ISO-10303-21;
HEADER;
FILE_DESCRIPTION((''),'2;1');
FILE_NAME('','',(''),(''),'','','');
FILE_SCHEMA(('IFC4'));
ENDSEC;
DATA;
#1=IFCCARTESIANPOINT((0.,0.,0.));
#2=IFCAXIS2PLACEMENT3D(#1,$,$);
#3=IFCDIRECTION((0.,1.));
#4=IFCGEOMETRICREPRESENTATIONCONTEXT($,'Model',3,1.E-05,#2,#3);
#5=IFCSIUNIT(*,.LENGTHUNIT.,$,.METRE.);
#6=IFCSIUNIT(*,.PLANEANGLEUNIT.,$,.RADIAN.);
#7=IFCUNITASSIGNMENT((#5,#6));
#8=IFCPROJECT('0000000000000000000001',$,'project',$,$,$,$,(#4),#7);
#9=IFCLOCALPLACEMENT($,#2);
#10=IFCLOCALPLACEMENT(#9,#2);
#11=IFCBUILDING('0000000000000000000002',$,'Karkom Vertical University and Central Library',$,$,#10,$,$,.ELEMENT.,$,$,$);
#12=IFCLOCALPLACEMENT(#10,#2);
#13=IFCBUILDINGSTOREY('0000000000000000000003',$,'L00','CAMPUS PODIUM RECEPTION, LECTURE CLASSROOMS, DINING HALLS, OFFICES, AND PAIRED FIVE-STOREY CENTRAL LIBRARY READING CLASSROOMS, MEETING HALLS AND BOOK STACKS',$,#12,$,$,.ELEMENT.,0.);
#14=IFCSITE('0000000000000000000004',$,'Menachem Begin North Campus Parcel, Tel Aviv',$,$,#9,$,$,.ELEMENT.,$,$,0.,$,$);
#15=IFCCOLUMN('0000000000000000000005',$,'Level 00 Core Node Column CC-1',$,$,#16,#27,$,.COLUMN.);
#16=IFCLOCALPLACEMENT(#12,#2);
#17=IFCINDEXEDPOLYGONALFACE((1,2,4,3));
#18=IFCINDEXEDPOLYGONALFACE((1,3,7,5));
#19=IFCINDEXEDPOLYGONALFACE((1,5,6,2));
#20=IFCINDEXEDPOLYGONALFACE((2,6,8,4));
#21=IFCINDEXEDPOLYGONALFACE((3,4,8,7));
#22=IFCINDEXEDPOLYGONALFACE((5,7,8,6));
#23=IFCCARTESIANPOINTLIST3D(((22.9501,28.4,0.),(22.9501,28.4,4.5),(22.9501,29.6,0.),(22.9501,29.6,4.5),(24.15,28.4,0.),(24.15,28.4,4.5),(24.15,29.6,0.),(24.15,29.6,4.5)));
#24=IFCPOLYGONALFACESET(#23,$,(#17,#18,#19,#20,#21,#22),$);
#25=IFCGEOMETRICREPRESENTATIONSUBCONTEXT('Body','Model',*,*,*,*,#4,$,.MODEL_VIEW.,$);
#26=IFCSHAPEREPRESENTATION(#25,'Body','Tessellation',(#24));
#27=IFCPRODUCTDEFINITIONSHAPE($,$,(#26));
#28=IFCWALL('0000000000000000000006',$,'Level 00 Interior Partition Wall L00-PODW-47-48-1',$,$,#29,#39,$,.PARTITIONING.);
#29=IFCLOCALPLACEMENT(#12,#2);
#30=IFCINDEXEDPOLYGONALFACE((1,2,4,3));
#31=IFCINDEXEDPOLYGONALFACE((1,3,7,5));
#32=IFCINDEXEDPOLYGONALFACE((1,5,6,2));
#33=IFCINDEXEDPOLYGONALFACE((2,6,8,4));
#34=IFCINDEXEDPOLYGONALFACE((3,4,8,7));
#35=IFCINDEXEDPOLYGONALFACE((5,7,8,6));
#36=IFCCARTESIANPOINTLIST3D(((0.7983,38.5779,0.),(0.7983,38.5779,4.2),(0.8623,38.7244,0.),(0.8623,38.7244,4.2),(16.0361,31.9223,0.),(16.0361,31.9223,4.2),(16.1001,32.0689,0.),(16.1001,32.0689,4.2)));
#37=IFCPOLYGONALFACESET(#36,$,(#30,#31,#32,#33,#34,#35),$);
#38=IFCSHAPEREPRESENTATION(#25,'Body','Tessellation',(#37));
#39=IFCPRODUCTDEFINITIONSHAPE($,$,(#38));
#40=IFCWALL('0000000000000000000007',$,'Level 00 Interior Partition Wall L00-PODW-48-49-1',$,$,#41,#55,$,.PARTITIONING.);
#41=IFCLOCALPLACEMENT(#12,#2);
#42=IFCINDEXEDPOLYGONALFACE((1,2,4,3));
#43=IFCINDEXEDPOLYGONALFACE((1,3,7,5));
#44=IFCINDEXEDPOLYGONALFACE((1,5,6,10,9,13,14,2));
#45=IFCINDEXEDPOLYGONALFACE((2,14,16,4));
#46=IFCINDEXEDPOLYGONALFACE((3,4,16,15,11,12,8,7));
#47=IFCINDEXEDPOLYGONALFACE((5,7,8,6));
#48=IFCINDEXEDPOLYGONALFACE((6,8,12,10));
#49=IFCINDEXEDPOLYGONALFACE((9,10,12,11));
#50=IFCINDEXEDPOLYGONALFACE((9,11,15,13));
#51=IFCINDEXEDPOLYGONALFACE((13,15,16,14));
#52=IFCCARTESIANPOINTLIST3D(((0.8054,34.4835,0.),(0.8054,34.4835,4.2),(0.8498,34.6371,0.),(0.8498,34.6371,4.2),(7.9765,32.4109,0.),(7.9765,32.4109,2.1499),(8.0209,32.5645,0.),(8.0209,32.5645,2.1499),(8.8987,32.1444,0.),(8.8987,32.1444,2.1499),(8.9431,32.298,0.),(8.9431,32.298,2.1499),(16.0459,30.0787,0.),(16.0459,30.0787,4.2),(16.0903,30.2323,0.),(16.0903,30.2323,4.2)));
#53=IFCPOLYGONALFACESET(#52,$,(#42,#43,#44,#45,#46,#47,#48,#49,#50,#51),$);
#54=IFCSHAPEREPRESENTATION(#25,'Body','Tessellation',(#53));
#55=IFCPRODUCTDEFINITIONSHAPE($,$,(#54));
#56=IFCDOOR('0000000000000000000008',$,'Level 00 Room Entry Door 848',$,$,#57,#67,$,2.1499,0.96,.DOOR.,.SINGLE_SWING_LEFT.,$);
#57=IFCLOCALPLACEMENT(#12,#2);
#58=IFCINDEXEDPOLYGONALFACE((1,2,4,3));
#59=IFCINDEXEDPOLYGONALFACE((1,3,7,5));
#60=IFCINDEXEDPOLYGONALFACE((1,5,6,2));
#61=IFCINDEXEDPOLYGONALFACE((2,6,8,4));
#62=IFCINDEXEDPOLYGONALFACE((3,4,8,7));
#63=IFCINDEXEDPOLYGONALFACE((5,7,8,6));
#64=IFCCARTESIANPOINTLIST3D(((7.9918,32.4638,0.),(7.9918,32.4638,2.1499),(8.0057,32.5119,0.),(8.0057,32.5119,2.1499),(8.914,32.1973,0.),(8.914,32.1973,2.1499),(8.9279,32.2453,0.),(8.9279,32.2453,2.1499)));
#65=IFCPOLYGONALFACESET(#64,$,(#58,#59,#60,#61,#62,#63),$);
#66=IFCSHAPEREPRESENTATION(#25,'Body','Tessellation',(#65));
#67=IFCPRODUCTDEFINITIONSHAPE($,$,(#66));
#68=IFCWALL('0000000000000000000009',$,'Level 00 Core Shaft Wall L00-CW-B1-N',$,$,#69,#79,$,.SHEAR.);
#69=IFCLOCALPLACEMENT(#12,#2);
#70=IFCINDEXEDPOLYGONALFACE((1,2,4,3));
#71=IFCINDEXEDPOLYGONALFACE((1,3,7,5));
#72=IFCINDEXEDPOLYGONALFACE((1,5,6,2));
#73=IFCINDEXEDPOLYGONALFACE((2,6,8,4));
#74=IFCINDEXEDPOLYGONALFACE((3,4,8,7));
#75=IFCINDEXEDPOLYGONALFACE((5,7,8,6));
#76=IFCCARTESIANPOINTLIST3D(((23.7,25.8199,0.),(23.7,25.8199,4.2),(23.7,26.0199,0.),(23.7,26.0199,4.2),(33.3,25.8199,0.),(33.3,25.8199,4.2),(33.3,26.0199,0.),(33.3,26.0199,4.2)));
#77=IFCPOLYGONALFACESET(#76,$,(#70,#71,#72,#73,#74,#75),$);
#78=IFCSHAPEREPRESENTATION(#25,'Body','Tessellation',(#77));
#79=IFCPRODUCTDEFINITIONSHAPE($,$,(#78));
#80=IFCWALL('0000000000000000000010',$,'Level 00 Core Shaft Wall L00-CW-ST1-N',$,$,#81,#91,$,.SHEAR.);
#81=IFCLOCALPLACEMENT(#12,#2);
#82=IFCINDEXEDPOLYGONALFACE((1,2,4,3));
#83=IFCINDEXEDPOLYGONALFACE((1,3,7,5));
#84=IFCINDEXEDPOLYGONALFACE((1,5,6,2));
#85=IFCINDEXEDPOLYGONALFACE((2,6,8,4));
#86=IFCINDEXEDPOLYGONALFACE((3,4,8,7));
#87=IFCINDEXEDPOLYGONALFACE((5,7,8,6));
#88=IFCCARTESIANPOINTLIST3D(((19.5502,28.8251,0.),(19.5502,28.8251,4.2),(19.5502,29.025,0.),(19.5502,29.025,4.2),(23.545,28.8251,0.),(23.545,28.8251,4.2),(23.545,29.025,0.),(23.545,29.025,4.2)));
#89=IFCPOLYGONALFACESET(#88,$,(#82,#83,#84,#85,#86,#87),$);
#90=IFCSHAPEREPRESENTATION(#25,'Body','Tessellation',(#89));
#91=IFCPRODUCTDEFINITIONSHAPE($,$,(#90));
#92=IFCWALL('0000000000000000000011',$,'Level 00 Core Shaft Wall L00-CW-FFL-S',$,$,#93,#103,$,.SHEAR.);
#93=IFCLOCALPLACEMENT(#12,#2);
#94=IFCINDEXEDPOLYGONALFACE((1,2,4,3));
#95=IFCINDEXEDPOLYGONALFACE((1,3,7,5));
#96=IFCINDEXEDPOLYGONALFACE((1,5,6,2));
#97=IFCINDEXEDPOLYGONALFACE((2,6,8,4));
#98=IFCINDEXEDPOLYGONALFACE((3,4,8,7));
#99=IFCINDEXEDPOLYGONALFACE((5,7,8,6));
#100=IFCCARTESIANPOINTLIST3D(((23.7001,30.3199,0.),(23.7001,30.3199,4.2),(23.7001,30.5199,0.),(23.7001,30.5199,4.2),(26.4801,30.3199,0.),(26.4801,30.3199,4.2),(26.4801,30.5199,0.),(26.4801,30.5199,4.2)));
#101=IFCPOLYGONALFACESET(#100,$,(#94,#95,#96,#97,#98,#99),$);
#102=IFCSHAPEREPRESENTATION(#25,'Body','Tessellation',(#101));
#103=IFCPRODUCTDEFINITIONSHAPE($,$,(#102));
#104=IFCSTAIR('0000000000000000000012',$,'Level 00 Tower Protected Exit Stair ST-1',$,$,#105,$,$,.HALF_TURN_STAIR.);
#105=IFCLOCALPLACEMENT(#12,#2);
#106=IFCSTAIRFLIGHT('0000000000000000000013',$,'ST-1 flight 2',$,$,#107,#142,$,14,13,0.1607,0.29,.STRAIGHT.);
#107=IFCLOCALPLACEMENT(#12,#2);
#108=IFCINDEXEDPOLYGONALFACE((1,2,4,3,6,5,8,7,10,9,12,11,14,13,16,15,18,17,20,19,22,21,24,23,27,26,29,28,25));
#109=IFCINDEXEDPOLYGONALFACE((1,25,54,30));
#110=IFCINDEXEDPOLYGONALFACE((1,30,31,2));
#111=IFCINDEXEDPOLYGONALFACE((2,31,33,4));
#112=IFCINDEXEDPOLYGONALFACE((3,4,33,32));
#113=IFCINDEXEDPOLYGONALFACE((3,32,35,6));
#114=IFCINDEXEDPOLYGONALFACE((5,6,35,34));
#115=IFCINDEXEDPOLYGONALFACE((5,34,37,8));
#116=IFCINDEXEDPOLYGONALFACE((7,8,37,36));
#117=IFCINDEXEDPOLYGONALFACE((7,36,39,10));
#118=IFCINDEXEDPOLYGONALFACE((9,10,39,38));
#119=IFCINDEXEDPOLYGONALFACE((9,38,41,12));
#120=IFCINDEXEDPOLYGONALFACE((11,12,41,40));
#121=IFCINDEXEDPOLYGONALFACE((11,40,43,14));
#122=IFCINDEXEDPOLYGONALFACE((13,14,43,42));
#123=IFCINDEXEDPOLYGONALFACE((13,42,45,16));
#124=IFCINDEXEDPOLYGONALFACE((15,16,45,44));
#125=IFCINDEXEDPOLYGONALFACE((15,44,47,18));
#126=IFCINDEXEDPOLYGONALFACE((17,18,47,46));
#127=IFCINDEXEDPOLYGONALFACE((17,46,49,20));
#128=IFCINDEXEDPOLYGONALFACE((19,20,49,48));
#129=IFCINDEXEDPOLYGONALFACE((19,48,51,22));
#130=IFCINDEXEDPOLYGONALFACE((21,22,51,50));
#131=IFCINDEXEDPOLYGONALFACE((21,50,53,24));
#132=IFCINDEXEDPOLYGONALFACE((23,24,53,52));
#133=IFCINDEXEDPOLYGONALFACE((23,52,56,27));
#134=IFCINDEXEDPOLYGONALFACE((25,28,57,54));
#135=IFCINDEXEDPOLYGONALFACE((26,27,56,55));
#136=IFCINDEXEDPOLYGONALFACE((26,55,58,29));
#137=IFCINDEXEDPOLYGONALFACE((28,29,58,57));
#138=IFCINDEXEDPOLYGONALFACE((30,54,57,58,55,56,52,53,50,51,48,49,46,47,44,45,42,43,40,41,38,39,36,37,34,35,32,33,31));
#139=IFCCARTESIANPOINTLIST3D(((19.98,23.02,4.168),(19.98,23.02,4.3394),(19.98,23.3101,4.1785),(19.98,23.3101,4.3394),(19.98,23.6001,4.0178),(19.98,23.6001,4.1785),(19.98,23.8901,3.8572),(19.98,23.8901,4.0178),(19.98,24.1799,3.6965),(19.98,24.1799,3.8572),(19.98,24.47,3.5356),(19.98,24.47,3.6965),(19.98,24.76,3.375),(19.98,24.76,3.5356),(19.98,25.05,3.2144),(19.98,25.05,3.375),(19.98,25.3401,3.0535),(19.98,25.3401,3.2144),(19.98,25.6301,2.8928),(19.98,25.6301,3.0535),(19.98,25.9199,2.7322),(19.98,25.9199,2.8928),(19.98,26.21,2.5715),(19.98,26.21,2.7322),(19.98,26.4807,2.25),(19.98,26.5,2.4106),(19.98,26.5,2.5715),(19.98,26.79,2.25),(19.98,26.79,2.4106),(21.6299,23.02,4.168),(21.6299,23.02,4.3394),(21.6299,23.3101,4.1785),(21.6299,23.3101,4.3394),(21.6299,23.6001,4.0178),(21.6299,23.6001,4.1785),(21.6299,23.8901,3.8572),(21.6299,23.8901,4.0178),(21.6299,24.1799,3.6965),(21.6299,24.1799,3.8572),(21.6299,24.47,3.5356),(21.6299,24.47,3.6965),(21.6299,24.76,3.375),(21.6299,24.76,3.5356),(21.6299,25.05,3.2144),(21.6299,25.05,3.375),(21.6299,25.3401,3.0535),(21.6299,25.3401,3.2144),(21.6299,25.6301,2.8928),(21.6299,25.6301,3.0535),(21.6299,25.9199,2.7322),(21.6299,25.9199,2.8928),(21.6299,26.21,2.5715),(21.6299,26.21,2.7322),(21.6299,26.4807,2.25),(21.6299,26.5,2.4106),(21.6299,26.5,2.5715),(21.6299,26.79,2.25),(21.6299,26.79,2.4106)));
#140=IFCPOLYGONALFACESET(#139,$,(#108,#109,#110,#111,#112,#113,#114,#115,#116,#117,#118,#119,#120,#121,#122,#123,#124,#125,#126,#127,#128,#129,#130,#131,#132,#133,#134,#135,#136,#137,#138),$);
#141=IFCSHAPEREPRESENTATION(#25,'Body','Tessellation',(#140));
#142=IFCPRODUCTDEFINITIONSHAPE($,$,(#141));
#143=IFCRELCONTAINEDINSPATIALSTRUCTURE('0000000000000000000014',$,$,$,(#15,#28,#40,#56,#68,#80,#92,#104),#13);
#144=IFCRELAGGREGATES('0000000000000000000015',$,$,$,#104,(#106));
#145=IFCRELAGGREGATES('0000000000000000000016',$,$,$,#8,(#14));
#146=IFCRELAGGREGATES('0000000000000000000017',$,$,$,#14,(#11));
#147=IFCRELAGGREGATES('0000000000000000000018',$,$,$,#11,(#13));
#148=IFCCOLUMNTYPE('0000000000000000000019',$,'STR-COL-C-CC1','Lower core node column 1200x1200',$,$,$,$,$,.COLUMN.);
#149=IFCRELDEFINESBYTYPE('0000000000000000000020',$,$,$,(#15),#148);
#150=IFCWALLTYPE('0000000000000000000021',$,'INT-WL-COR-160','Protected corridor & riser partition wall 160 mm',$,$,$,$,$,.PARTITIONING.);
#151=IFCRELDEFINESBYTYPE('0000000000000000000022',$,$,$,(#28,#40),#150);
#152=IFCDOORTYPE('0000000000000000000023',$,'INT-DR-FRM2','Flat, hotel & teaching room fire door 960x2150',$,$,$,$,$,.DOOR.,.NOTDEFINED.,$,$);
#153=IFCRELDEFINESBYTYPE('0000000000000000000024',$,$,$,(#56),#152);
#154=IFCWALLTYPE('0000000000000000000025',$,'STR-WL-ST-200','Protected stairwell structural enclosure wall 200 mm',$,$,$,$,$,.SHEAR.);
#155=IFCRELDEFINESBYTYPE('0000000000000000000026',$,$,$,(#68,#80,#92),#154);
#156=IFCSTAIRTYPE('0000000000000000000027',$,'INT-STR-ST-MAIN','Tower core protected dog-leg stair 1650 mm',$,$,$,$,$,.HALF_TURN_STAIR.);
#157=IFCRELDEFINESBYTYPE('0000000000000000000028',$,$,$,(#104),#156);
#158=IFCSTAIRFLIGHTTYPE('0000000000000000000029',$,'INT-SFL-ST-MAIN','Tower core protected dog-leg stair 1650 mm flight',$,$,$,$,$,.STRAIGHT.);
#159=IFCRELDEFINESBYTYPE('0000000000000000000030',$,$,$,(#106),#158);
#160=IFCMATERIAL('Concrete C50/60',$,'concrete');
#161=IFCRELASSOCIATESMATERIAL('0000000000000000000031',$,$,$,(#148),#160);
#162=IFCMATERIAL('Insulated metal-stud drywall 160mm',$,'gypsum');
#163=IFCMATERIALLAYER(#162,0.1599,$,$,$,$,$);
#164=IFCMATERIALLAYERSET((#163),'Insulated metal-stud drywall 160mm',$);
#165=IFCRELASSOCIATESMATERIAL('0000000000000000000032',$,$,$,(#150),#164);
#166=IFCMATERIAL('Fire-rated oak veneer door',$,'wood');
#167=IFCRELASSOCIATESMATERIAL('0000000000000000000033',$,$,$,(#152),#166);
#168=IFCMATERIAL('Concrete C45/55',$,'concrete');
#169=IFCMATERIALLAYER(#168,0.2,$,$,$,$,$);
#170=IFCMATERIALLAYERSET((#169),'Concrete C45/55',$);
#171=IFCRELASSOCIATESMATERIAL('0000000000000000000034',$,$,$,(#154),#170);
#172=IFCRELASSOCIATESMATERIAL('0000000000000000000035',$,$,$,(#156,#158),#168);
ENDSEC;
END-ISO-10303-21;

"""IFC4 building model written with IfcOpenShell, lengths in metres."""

from ifc_helpers import new_model, si_unit, direction, frame, frame_2d, origin, origin_with_axes, origin_2d, place, context, subcontext, project, spatial, polyline, rectangle, outline, extrude, source, transform, mapped, material, layer, layer_set, material_profile, profile_set, type_object, element, fill, aggregate, save


model = new_model("IFC4")

# Units and contexts
model_context = context("Model", 3, precision=1e-05, world=origin(), true_north=direction((0.0, 1.0)))
body_context = subcontext(model_context, "Body", "Model", "MODEL_VIEW")
ifc_project = project(units=[si_unit("LENGTHUNIT", "METRE"), si_unit("PLANEANGLEUNIT", "RADIAN")], contexts=[model_context])

# Site, building, storey
site_placement = place(None, origin())
site = spatial("IfcSite", under=ifc_project, at=site_placement, Name="Menachem Begin North Campus Parcel, Tel Aviv", CompositionType="ELEMENT", RefElevation=0.0)
building_placement = place(site_placement, origin())
building = spatial("IfcBuilding", under=site, at=building_placement, Name="Karkom Vertical University and Central Library", CompositionType="ELEMENT")
storey_placement = place(building_placement, origin())
storey = spatial("IfcBuildingStorey", under=building, at=storey_placement, Name="L00", Description="CAMPUS PODIUM RECEPTION, LECTURE CLASSROOMS, DINING HALLS, OFFICES, AND PAIRED FIVE-STOREY CENTRAL LIBRARY READING CLASSROOMS, MEETING HALLS AND BOOK STACKS", CompositionType="ELEMENT", Elevation=0.0)

# Column
ifc_material_1 = material(Name="Concrete C50/60", Category="concrete")
ifc_material_profile = material_profile(ifc_material_1, rectangle(XDim=1.2, YDim=1.2, at=origin_2d()), Name="RC-1200x1200")
ifc_profile_set = profile_set([ifc_material_profile], Name="Concrete C50/60")
column_type = type_object("IfcColumnType", Name="STR-COL-C-CC1", Description="Lower core node column 1200x1200", PredefinedType="COLUMN", material=ifc_profile_set)
shared_shape_1 = source(origin_with_axes(), body_context, "Body", "SweptSolid", [
    extrude(rectangle(XDim=1.2, YDim=1.2, at=origin_2d()), origin(), (0.0, 0.0, 1.0), 4.5),
])
column_placement = place(storey_placement, frame((23.55, 29.0, 0.0), z_axis=(0.0, 0.0, 1.0), x_axis=(1.0, 0.0, 0.0)))
element("IfcColumn", 1, at=column_placement, inside=storey, type_object=column_type, Name="Level 00 Core Node Column CC-1", PredefinedType="COLUMN", context=body_context, shape_type="MappedRepresentation", body=[
    mapped(shared_shape_1, transform((0.0, 0.0, 0.0), scale=1.0)),
])

# Wall
ifc_material_2 = material(Name="Insulated metal-stud drywall 160mm", Category="gypsum")
ifc_layer_1 = layer(ifc_material_2, 0.1599)
ifc_layer_set_1 = layer_set([ifc_layer_1], Name="Insulated metal-stud drywall 160mm")
wall_type_1 = type_object("IfcWallType", Name="INT-WL-COR-160", Description="Protected corridor & riser partition wall 160 mm", PredefinedType="PARTITIONING", material=ifc_layer_set_1)
wall_1_placement = place(storey_placement, frame((16.0681, 31.9956, 0.0), z_axis=(0.0, 0.0, 1.0), x_axis=(-0.9164, 0.400263, 0.0)))
element("IfcWall", 2, at=wall_1_placement, inside=storey, type_object=wall_type_1, Name="Level 00 Interior Partition Wall L00-PODW-47-48-1", PredefinedType="PARTITIONING", context=body_context, shape_type="SweptSolid", body=[
    extrude(rectangle(XDim=16.6279, YDim=0.1599, at=frame_2d((8.314, 0.0))), origin(), (0.0, 0.0, 1.0), 4.2),
])

# Wall, opening, door
wall_2_placement = place(storey_placement, frame((16.0681, 30.1555, 0.0), z_axis=(0.0, 0.0, 1.0), x_axis=(-0.960681, 0.277655, 0.0)))
wall_2 = element("IfcWall", 3, at=wall_2_placement, inside=storey, type_object=wall_type_1, Name="Level 00 Interior Partition Wall L00-PODW-48-49-1", PredefinedType="PARTITIONING", context=body_context, shape_type="SweptSolid", body=[
    extrude(rectangle(XDim=15.8643, YDim=0.1599, at=frame_2d((7.9321, 0.0))), origin(), (0.0, 0.0, 1.0), 4.2),
])
opening_1_placement = place(wall_2_placement, frame((7.4397, 0.0, 0.0)))
opening_1 = element("IfcOpeningElement", 4, at=opening_1_placement, cuts=wall_2, PredefinedType="OPENING", context=body_context, shape_type="SweptSolid", body=[
    extrude(rectangle(XDim=0.96, YDim=2.1499, at=frame_2d((0.48, 1.075))), frame((0.0, 0.0898, 0.0), z_axis=(0.0, -1.0, 0.0), x_axis=(1.0, 0.0, 0.0)), (0.0, 0.0, 1.0), 0.1799),
])
ifc_material_3 = material(Name="Fire-rated oak veneer door", Category="wood")
door_type_1 = type_object("IfcDoorType", Name="INT-DR-FRM2", Description="Flat, hotel & teaching room fire door 960x2150", OperationType="NOTDEFINED", PredefinedType="DOOR", material=ifc_material_3)
shared_shape_2 = source(origin_with_axes(), body_context, "Body", "SweptSolid", [
    extrude(rectangle(XDim=0.96, YDim=2.1499, at=frame_2d((0.48, 1.075))), frame((0.0, 0.0249, 0.0), z_axis=(0.0, -1.0, 0.0), x_axis=(1.0, 0.0, 0.0)), (0.0, 0.0, 1.0), 0.05),
])
door_1_placement = place(opening_1_placement, origin())
door_1 = element("IfcDoor", 5, at=door_1_placement, inside=storey, type_object=door_type_1, Name="Level 00 Room Entry Door 848", OperationType="SINGLE_SWING_LEFT", OverallHeight=2.1499, OverallWidth=0.96, PredefinedType="DOOR", context=body_context, shape_type="MappedRepresentation", body=[
    mapped(shared_shape_2, transform((0.0, 0.0, 0.0), scale=1.0)),
])
fill(opening_1, door_1)

# Wall
ifc_material_4 = material(Name="Concrete C45/55", Category="concrete")
ifc_layer_2 = layer(ifc_material_4, 0.2)
ifc_layer_set_2 = layer_set([ifc_layer_2], Name="Concrete C45/55")
wall_type_2 = type_object("IfcWallType", Name="STR-WL-ST-200", Description="Protected stairwell structural enclosure wall 200 mm", PredefinedType="SHEAR", material=ifc_layer_set_2)
wall_3_placement = place(storey_placement, frame((23.7, 25.9199, 0.0), z_axis=(0.0, 0.0, 1.0), x_axis=(1.0, 0.0, 0.0)))
element("IfcWall", 6, at=wall_3_placement, inside=storey, type_object=wall_type_2, Name="Level 00 Core Shaft Wall L00-CW-B1-N", PredefinedType="SHEAR", context=body_context, shape_type="SweptSolid", body=[
    extrude(rectangle(XDim=9.6001, YDim=0.2, at=frame_2d((4.8, 0.0))), origin(), (0.0, 0.0, 1.0), 4.2),
])

# Walls
wall_4_placement = place(storey_placement, frame((19.55, 28.925, 0.0), z_axis=(0.0, 0.0, 1.0), x_axis=(1.0, 0.0, 0.0)))
element("IfcWall", 7, at=wall_4_placement, inside=storey, type_object=wall_type_2, Name="Level 00 Core Shaft Wall L00-CW-ST1-N", PredefinedType="SHEAR", context=body_context, shape_type="SweptSolid", body=[
    extrude(rectangle(XDim=3.9949, YDim=0.2, at=frame_2d((1.9976, 0.0))), origin(), (0.0, 0.0, 1.0), 4.2),
])
wall_5_placement = place(storey_placement, frame((23.7, 30.4199, 0.0), z_axis=(0.0, 0.0, 1.0), x_axis=(1.0, 0.0, 0.0)))
element("IfcWall", 8, at=wall_5_placement, inside=storey, type_object=wall_type_2, Name="Level 00 Core Shaft Wall L00-CW-FFL-S", PredefinedType="SHEAR", context=body_context, shape_type="SweptSolid", body=[
    extrude(rectangle(XDim=2.78, YDim=0.2, at=frame_2d((1.3901, 0.0))), origin(), (0.0, 0.0, 1.0), 4.2),
])

# Stair, stair flight
stair_type_1 = type_object("IfcStairType", Name="INT-STR-ST-MAIN", Description="Tower core protected dog-leg stair 1650 mm", PredefinedType="HALF_TURN_STAIR", material=ifc_material_4)
stair_1_placement = place(storey_placement, origin())
stair_1 = element("IfcStair", 9, at=stair_1_placement, inside=storey, type_object=stair_type_1, Name="Level 00 Tower Protected Exit Stair ST-1", PredefinedType="HALF_TURN_STAIR")
stair_flight_type_1 = type_object("IfcStairFlightType", Name="INT-SFL-ST-MAIN", Description="Tower core protected dog-leg stair 1650 mm flight", PredefinedType="STRAIGHT", material=ifc_material_4)
stair_flight_1_placement = place(storey_placement, frame((20.8049, 26.79, 2.25), z_axis=(0.0, 0.0, 1.0), x_axis=(0.0, -1.0, 0.0)))
stair_flight_1 = element("IfcStairFlight", 10, at=stair_flight_1_placement, type_object=stair_flight_type_1, Name="ST-1 flight 2", NumberOfRisers=14, NumberOfTreads=13, PredefinedType="STRAIGHT", RiserHeight=0.1607, TreadLength=0.29, context=body_context, shape_type="SweptSolid", body=[
    extrude(outline(polyline([(0.0, 0.0), (0.0, 0.1606), (0.29, 0.1606), (0.29, 0.3215), (0.5801, 0.3215), (0.5801, 0.4822), (0.8701, 0.4822), (0.8701, 0.6428), (1.1599, 0.6428), (1.1599, 0.8035), (1.45, 0.8035), (1.45, 0.9644), (1.74, 0.9644), (1.74, 1.125), (2.03, 1.125), (2.03, 1.2856), (2.3201, 1.2856), (2.3201, 1.4465), (2.6101, 1.4465), (2.6101, 1.6072), (2.8999, 1.6072), (2.8999, 1.7678), (3.1899, 1.7678), (3.1899, 1.9285), (3.48, 1.9285), (3.48, 2.0894), (3.77, 2.0894), (3.77, 2.25), (3.77, 1.918), (0.3093, 0.0), (0.0, 0.0)])), frame((0.0, 0.825, 0.0), z_axis=(0.0, -1.0, 0.0), x_axis=(1.0, 0.0, 0.0)), (0.0, 0.0, 1.0), 1.6499),
])
aggregate(stair_1, [stair_flight_1])

save(model, "model.ifc")
